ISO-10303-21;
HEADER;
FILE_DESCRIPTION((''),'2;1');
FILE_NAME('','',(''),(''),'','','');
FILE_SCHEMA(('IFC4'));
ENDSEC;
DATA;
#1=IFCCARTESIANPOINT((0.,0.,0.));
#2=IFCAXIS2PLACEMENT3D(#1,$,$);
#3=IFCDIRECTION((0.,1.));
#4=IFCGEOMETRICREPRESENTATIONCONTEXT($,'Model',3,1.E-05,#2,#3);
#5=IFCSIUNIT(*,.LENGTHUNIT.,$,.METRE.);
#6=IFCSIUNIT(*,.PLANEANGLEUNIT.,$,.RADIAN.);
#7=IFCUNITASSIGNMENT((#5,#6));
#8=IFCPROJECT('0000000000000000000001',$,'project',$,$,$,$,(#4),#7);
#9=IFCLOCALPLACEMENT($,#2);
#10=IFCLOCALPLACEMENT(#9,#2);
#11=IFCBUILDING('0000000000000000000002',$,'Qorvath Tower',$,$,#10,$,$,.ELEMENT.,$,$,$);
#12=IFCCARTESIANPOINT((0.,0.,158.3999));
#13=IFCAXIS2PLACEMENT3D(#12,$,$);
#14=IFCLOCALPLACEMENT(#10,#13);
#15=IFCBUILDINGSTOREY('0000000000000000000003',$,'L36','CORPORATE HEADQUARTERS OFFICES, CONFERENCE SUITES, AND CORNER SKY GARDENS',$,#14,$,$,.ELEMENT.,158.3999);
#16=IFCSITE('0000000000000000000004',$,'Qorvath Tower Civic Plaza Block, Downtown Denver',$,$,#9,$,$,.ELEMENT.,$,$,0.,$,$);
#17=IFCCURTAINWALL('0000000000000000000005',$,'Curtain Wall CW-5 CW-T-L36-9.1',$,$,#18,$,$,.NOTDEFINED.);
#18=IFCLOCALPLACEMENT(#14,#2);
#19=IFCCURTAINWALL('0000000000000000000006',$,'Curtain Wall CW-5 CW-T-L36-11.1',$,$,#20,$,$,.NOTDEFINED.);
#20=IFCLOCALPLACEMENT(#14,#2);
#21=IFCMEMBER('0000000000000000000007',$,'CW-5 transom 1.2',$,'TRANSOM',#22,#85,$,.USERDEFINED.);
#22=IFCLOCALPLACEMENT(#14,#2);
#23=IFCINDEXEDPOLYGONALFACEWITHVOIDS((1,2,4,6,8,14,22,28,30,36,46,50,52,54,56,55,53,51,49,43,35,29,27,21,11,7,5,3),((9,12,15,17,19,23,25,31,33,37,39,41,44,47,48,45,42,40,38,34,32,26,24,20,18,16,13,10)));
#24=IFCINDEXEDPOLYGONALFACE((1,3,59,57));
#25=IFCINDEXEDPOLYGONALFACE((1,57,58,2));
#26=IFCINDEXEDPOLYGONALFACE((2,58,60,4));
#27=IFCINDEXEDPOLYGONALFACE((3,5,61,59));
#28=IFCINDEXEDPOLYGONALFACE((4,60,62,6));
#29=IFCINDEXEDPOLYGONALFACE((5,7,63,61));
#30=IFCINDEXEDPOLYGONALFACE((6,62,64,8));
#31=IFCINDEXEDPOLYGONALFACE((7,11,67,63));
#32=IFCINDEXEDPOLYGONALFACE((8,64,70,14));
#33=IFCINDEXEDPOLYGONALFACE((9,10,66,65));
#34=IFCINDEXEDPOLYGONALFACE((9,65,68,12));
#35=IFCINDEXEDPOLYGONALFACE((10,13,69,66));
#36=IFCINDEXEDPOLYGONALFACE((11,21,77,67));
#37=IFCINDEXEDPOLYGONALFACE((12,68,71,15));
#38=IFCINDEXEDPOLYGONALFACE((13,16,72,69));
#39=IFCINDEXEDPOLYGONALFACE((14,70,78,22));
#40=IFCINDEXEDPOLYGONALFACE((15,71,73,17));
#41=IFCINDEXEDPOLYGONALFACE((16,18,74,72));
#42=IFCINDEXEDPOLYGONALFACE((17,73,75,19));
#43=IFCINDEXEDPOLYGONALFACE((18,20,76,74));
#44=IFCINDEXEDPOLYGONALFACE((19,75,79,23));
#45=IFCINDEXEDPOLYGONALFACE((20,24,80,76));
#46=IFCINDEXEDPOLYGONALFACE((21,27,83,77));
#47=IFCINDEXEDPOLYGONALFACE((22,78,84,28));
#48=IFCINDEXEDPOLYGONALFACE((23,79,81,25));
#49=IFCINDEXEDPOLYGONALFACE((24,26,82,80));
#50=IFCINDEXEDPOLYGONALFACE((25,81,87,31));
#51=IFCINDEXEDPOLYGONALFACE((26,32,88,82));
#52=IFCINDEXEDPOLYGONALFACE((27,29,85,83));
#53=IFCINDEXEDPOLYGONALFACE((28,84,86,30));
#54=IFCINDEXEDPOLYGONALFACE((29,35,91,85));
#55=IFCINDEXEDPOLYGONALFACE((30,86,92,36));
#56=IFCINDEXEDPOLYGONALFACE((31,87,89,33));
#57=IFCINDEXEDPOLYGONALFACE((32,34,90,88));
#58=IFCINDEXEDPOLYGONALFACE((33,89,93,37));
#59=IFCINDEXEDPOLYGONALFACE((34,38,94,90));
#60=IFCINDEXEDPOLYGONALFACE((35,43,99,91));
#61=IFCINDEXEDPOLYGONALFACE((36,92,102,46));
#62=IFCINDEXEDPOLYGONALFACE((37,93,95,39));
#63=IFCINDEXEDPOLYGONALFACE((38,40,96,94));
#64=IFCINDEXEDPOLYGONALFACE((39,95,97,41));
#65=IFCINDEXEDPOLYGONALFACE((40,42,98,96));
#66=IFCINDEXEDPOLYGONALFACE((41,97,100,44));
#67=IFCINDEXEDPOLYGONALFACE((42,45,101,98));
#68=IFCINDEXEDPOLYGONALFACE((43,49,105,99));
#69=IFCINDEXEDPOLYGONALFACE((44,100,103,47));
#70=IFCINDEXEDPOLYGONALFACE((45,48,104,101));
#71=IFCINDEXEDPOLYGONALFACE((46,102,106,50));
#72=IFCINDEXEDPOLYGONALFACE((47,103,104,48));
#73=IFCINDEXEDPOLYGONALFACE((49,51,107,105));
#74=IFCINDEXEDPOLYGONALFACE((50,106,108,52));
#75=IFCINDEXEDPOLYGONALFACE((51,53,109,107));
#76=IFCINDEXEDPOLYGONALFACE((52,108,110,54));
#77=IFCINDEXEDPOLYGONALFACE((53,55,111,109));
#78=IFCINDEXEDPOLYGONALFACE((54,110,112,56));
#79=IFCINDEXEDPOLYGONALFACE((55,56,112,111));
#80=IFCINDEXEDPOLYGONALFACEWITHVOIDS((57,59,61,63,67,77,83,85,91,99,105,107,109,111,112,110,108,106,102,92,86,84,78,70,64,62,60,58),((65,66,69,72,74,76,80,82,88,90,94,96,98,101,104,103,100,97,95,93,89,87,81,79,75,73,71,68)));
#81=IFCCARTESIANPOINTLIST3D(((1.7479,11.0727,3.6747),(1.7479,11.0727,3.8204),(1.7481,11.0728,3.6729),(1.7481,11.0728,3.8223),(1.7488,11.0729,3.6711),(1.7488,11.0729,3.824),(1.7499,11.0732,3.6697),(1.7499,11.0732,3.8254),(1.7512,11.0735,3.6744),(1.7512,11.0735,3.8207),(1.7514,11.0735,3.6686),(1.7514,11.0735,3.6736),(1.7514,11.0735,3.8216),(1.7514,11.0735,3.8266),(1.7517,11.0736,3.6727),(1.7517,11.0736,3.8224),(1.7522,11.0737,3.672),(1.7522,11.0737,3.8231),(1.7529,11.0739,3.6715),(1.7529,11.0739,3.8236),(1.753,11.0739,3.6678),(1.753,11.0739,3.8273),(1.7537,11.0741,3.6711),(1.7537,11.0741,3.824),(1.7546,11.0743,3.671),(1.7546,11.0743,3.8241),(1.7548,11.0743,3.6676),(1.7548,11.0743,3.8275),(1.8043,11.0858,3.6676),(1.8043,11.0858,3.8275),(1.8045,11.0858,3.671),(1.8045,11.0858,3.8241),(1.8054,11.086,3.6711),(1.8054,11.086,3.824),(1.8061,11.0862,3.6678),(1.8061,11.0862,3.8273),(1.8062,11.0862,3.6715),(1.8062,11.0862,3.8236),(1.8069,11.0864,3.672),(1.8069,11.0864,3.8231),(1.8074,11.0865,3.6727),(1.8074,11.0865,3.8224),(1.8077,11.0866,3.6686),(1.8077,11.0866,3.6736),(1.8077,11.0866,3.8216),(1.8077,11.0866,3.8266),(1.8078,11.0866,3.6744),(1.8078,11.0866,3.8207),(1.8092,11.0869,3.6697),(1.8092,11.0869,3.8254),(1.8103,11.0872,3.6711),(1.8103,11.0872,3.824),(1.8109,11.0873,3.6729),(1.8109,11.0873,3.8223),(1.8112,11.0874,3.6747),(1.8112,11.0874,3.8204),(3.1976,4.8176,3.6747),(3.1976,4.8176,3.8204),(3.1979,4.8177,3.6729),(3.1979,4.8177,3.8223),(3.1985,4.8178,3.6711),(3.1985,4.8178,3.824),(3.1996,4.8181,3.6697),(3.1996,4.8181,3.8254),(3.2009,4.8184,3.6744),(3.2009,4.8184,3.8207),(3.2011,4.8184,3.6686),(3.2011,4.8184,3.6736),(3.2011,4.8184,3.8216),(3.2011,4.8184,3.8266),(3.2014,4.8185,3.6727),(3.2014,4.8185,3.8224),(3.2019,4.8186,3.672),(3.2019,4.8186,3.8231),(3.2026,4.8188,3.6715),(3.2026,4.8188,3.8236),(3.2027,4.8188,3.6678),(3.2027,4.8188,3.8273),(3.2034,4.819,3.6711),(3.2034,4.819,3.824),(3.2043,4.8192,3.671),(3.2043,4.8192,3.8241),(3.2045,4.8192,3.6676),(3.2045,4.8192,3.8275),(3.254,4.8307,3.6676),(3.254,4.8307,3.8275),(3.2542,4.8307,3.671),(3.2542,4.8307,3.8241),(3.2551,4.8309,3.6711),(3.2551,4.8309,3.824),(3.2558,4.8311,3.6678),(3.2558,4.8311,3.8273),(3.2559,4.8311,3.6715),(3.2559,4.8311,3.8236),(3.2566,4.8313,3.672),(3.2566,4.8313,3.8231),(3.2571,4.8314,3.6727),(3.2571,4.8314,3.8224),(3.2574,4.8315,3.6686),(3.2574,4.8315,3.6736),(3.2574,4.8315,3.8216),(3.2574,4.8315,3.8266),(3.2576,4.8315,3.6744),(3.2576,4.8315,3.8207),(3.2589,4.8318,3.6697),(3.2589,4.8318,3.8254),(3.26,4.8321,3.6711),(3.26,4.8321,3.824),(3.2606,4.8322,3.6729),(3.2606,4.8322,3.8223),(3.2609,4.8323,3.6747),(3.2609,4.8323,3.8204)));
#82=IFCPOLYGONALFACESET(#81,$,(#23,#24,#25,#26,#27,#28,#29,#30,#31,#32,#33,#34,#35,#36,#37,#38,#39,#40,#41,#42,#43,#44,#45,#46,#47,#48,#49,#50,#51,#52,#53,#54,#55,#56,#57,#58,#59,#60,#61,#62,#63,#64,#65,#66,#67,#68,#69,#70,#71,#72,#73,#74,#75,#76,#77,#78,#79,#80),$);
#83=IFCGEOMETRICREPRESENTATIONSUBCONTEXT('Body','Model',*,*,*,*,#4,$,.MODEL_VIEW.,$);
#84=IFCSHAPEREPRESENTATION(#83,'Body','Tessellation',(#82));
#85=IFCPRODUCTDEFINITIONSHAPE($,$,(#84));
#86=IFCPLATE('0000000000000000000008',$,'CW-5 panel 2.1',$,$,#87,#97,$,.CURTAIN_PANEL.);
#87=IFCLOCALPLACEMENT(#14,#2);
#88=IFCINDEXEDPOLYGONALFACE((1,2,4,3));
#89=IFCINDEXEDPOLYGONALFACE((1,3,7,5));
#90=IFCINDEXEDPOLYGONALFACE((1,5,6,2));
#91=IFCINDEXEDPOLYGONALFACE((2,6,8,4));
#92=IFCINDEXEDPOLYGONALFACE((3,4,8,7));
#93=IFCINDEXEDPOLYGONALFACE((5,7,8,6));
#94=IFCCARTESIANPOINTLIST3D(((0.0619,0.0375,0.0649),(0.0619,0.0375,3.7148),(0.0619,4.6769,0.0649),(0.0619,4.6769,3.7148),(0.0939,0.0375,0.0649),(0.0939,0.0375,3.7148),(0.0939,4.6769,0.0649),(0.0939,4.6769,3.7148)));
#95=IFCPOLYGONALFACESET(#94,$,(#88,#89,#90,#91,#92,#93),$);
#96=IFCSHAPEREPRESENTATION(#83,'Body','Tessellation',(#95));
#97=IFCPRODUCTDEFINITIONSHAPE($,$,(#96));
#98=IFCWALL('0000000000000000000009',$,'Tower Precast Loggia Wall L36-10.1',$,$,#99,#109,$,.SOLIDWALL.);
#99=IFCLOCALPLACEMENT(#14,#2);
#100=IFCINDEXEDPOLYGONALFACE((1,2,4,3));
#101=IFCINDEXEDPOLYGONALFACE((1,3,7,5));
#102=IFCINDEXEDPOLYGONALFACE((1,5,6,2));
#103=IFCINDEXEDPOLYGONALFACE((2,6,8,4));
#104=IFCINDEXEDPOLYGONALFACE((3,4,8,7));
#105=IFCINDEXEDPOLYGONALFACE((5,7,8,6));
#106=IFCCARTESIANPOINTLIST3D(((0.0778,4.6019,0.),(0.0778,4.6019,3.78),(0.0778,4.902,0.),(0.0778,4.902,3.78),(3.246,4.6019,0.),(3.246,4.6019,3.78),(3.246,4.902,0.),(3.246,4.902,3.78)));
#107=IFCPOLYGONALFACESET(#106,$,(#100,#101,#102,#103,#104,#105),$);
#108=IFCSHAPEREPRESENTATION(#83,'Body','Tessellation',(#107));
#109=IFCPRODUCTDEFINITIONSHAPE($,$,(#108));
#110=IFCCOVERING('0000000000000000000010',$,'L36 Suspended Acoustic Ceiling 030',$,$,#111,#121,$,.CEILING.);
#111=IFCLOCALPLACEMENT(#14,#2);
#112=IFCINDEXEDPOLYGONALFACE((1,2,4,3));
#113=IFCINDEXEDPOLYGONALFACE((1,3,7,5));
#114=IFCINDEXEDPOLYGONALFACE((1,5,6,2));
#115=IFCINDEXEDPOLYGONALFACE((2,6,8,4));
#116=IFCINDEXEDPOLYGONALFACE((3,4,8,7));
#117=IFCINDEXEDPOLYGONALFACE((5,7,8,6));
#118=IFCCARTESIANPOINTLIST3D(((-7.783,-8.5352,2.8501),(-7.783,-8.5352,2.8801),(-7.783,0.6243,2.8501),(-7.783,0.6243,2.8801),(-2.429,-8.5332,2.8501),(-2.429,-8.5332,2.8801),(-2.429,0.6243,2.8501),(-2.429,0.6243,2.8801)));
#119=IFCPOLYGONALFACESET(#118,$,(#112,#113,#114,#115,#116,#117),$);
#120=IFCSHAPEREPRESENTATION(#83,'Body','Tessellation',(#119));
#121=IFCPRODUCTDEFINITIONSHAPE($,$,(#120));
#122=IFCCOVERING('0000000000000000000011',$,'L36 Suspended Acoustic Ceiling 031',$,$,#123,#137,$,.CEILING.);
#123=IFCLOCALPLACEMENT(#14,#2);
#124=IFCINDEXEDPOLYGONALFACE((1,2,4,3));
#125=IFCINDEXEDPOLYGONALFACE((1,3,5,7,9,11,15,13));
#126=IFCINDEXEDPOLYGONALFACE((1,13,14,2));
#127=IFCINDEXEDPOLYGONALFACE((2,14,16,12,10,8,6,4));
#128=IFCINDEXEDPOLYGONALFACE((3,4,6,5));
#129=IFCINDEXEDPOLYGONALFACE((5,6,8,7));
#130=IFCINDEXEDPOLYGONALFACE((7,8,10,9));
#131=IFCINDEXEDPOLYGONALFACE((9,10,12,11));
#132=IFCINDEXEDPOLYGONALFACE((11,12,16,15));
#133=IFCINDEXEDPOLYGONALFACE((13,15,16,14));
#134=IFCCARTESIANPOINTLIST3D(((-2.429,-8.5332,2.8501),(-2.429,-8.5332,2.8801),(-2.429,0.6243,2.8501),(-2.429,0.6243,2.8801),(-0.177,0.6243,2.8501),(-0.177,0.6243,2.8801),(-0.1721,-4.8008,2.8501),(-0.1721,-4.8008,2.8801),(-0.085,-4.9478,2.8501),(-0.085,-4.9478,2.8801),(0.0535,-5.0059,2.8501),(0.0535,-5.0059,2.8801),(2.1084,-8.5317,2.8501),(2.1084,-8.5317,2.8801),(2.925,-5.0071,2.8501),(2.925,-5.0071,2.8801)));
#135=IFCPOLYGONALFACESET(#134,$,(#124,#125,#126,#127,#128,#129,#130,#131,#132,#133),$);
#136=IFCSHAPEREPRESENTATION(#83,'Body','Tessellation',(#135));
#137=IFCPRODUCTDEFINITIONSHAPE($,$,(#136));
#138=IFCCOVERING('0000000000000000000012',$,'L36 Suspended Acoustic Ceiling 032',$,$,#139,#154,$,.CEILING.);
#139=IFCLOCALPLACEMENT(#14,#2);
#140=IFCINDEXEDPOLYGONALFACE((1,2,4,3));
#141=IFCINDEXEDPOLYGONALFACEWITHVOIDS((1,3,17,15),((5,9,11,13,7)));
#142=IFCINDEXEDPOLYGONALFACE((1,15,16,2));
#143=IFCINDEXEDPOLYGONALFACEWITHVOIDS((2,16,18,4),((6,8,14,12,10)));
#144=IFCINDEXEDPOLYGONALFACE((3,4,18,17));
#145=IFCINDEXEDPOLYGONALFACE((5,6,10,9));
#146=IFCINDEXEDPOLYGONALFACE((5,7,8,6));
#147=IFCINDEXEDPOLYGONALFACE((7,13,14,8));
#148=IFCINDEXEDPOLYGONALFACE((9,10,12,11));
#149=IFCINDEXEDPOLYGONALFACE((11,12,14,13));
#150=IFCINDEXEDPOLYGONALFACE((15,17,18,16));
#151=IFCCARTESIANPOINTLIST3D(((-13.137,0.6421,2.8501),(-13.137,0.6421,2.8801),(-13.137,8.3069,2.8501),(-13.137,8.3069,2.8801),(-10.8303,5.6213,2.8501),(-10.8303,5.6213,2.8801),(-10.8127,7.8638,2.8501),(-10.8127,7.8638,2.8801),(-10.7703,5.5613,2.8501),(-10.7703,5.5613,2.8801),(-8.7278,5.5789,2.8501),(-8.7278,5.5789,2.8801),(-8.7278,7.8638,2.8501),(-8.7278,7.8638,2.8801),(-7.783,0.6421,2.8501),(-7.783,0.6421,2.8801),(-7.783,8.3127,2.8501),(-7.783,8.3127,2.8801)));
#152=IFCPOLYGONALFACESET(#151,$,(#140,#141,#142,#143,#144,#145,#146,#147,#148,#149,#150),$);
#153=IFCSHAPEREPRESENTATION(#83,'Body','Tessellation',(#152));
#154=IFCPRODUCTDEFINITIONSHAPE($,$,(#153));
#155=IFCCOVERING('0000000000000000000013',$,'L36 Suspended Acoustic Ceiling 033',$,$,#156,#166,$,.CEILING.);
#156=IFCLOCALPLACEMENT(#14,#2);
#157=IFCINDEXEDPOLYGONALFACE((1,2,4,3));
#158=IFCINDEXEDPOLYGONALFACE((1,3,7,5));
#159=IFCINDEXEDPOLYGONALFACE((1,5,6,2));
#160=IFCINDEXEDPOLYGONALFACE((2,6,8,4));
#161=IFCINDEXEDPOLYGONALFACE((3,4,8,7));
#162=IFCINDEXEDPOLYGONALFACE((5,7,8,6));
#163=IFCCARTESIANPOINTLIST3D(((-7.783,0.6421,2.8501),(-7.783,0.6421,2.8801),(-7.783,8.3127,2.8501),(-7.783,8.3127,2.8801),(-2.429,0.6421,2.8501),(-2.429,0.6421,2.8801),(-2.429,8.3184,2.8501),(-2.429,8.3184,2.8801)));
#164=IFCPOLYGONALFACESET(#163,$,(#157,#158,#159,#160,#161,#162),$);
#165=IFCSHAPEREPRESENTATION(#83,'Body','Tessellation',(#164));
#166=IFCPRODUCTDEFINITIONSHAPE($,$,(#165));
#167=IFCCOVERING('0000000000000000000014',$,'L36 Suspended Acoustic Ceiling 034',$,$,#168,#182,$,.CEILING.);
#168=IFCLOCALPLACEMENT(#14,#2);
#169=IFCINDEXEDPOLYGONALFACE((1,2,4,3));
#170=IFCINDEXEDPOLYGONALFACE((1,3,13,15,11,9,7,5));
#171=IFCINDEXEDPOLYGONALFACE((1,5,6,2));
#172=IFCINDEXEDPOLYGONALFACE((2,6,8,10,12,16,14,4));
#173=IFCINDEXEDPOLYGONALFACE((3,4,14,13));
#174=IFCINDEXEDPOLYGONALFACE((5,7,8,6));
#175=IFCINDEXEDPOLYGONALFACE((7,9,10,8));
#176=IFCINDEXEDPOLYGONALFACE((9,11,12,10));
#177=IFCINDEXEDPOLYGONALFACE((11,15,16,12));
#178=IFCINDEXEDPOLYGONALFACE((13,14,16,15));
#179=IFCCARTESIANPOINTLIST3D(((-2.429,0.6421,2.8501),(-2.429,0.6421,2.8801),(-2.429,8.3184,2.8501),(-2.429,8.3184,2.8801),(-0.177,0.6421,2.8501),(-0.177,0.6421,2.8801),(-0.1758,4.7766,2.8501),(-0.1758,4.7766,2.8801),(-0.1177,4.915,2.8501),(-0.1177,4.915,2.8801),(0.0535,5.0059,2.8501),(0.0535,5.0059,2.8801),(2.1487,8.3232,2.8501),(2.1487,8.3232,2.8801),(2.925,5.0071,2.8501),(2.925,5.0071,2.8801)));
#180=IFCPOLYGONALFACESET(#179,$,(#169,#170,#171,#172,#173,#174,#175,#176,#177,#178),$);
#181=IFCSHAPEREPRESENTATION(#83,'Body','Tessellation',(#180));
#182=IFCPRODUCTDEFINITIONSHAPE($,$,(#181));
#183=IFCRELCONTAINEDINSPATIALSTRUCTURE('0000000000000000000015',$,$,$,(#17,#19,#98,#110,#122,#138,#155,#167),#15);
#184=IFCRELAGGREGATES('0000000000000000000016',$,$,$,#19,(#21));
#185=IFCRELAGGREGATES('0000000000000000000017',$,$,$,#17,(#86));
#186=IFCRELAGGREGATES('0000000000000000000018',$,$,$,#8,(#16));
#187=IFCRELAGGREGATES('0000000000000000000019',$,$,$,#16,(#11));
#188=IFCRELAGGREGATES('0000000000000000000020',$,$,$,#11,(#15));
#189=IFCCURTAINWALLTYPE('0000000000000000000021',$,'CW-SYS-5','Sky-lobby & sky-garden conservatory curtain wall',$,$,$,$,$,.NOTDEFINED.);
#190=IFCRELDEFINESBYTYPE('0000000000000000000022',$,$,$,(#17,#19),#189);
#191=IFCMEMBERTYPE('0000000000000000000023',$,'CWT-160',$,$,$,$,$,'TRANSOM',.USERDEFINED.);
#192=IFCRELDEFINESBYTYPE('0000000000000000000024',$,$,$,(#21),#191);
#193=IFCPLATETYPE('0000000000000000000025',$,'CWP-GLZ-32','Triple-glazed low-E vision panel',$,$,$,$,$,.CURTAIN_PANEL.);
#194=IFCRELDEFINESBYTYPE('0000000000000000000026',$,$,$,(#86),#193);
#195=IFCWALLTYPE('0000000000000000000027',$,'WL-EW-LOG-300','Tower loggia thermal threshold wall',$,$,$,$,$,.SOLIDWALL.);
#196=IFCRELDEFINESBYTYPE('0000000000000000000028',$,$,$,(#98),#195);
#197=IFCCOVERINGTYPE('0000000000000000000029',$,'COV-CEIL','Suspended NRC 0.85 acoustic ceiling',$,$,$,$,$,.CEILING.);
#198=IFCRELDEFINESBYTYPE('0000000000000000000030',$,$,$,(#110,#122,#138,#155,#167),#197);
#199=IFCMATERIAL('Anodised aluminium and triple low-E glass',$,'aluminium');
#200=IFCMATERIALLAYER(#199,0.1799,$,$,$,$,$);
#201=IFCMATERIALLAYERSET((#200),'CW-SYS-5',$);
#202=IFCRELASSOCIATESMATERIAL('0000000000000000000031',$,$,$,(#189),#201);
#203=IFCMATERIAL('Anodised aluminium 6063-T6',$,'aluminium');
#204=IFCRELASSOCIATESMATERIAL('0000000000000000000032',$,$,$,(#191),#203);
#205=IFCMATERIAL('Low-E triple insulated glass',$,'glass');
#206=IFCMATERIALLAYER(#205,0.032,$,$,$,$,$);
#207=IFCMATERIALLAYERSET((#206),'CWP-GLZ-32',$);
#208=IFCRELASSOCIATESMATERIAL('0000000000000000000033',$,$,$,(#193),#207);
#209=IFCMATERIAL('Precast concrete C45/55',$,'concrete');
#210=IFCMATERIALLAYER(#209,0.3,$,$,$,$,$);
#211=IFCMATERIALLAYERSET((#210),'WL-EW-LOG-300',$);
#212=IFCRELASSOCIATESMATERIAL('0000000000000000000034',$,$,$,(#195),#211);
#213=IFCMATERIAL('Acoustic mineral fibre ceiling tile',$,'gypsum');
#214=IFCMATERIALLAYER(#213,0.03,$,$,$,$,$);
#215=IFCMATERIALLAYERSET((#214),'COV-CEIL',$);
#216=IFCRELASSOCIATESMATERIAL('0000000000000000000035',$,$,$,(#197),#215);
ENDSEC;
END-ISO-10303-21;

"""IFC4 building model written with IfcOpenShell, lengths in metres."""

from ifc_helpers import new_model, si_unit, direction, frame, frame_2d, origin, origin_2d, place, context, subcontext, project, spatial, polyline, rectangle, hollow_rectangle, outline, extrude, material, layer, layer_set, material_profile, profile_set, type_object, element, aggregate, save


model = new_model("IFC4")

# Units and contexts
model_context = context("Model", 3, precision=1e-05, world=origin(), true_north=direction((0.0, 1.0)))
body_context = subcontext(model_context, "Body", "Model", "MODEL_VIEW")
ifc_project = project(units=[si_unit("LENGTHUNIT", "METRE"), si_unit("PLANEANGLEUNIT", "RADIAN")], contexts=[model_context])

# Site, building, storey
site_placement = place(None, origin())
site = spatial("IfcSite", under=ifc_project, at=site_placement, Name="Qorvath Tower Civic Plaza Block, Downtown Denver", CompositionType="ELEMENT", RefElevation=0.0)
building_placement = place(site_placement, origin())
building = spatial("IfcBuilding", under=site, at=building_placement, Name="Qorvath Tower", CompositionType="ELEMENT")
storey_placement = place(building_placement, frame((0.0, 0.0, 158.3999)))
storey = spatial("IfcBuildingStorey", under=building, at=storey_placement, Name="L36", Description="CORPORATE HEADQUARTERS OFFICES, CONFERENCE SUITES, AND CORNER SKY GARDENS", CompositionType="ELEMENT", Elevation=158.3999)

# Curtain wall
ifc_material_1 = material(Name="Anodised aluminium and triple low-E glass", Category="aluminium")
ifc_layer_1 = layer(ifc_material_1, 0.1799)
ifc_layer_set_1 = layer_set([ifc_layer_1], Name="CW-SYS-5")
curtain_wall_type = type_object("IfcCurtainWallType", Name="CW-SYS-5", Description="Sky-lobby & sky-garden conservatory curtain wall", PredefinedType="NOTDEFINED", material=ifc_layer_set_1)
curtain_wall_1_placement = place(storey_placement, origin())
curtain_wall_1 = element("IfcCurtainWall", 1, at=curtain_wall_1_placement, inside=storey, type_object=curtain_wall_type, Name="Curtain Wall CW-5 CW-T-L36-9.1", PredefinedType="NOTDEFINED")

# Curtain wall
curtain_wall_2_placement = place(storey_placement, origin())
curtain_wall_2 = element("IfcCurtainWall", 2, at=curtain_wall_2_placement, inside=storey, type_object=curtain_wall_type, Name="Curtain Wall CW-5 CW-T-L36-11.1", PredefinedType="NOTDEFINED")

# Member
ifc_material_2 = material(Name="Anodised aluminium 6063-T6", Category="aluminium")
ifc_material_profile_1 = material_profile(ifc_material_2, hollow_rectangle(XDim=0.0649, YDim=0.1599, WallThickness=0.0034, InnerFilletRadius=0.0034, OuterFilletRadius=0.0071, at=origin_2d()), Name="CWT 160x65")
ifc_profile_set_1 = profile_set([ifc_material_profile_1], Name="Anodised aluminium 6063-T6")
member_type_1 = type_object("IfcMemberType", Name="CWT-160", ElementType="TRANSOM", PredefinedType="USERDEFINED", material=ifc_profile_set_1)
member_1_placement = place(storey_placement, frame((3.2292, 4.825, 3.7476), z_axis=(-0.225779, 0.974179, 0.0), x_axis=(-0.974179, -0.225779, 0.0)))
member_1 = element("IfcMember", 3, at=member_1_placement, type_object=member_type_1, Name="CW-5 transom 1.2", ObjectType="TRANSOM", PredefinedType="USERDEFINED", context=body_context, shape_type="SweptSolid", body=[
    extrude(hollow_rectangle(XDim=0.0649, YDim=0.1599, WallThickness=0.0034, InnerFilletRadius=0.0034, OuterFilletRadius=0.0071, at=origin_2d()), origin(), (0.0, 0.0, 1.0), 6.4209),
])
aggregate(curtain_wall_2, [member_1])

# Plate
ifc_material_3 = material(Name="Low-E triple insulated glass", Category="glass")
ifc_layer_2 = layer(ifc_material_3, 0.032)
ifc_layer_set_2 = layer_set([ifc_layer_2], Name="CWP-GLZ-32")
plate_type = type_object("IfcPlateType", Name="CWP-GLZ-32", Description="Triple-glazed low-E vision panel", PredefinedType="CURTAIN_PANEL", material=ifc_layer_set_2)
plate_placement = place(storey_placement, frame((0.0779, 2.3572, 0.0649), z_axis=(0.0, 0.0, 1.0), x_axis=(0.0, 1.0, 0.0)))
plate = element("IfcPlate", 4, at=plate_placement, type_object=plate_type, Name="CW-5 panel 2.1", PredefinedType="CURTAIN_PANEL", context=body_context, shape_type="SweptSolid", body=[
    extrude(rectangle(XDim=4.6394, YDim=0.032, at=origin_2d()), origin(), (0.0, 0.0, 1.0), 3.6499),
])
aggregate(curtain_wall_1, [plate])

# Wall
ifc_material_4 = material(Name="Precast concrete C45/55", Category="concrete")
ifc_layer_3 = layer(ifc_material_4, 0.3)
ifc_layer_set_3 = layer_set([ifc_layer_3], Name="WL-EW-LOG-300")
wall_type = type_object("IfcWallType", Name="WL-EW-LOG-300", Description="Tower loggia thermal threshold wall", PredefinedType="SOLIDWALL", material=ifc_layer_set_3)
wall_placement = place(storey_placement, frame((0.0779, 4.752, 0.0), z_axis=(0.0, 0.0, 1.0), x_axis=(1.0, 0.0, 0.0)))
element("IfcWall", 5, at=wall_placement, inside=storey, type_object=wall_type, Name="Tower Precast Loggia Wall L36-10.1", PredefinedType="SOLIDWALL", context=body_context, shape_type="SweptSolid", body=[
    extrude(rectangle(XDim=3.1682, YDim=0.3, at=frame_2d((1.584, 0.0))), origin(), (0.0, 0.0, 1.0), 3.78),
])

# Coverings
ifc_material_5 = material(Name="Acoustic mineral fibre ceiling tile", Category="gypsum")
ifc_layer_4 = layer(ifc_material_5, 0.03)
ifc_layer_set_4 = layer_set([ifc_layer_4], Name="COV-CEIL")
covering_type_1 = type_object("IfcCoveringType", Name="COV-CEIL", Description="Suspended NRC 0.85 acoustic ceiling", PredefinedType="CEILING", material=ifc_layer_set_4)
covering_1_placement = place(storey_placement, frame((0.0, 0.0, 2.8501)))
element("IfcCovering", 6, at=covering_1_placement, inside=storey, type_object=covering_type_1, Name="L36 Suspended Acoustic Ceiling 030", PredefinedType="CEILING", context=body_context, shape_type="SweptSolid", body=[
    extrude(outline(polyline([(-2.429, -8.5332), (-2.429, 0.6243), (-7.783, 0.6243), (-7.783, -8.5352), (-2.429, -8.5332)])), origin(), (0.0, 0.0, 1.0), 0.03),
])
covering_2_placement = place(storey_placement, frame((0.0, 0.0, 2.8501)))
element("IfcCovering", 7, at=covering_2_placement, inside=storey, type_object=covering_type_1, Name="L36 Suspended Acoustic Ceiling 031", PredefinedType="CEILING", context=body_context, shape_type="SweptSolid", body=[
    extrude(outline(polyline([(-0.085, -4.9478), (-0.1721, -4.8008), (-0.177, 0.6243), (-2.429, 0.6243), (-2.429, -8.5332), (2.1084, -8.5317), (2.925, -5.0071), (0.0535, -5.0059), (-0.085, -4.9478)])), origin(), (0.0, 0.0, 1.0), 0.03),
])
covering_3_placement = place(storey_placement, frame((0.0, 0.0, 2.8501)))
element("IfcCovering", 8, at=covering_3_placement, inside=storey, type_object=covering_type_1, Name="L36 Suspended Acoustic Ceiling 032", PredefinedType="CEILING", context=body_context, shape_type="SweptSolid", body=[
    extrude(outline(polyline([(-7.783, 0.6421), (-7.783, 8.3127), (-13.137, 8.3069), (-13.137, 0.6421), (-7.783, 0.6421)]), holes=[polyline([(-10.8303, 5.6213), (-10.8127, 7.8638), (-8.7278, 7.8638), (-8.7278, 5.5789), (-10.7703, 5.5613), (-10.8303, 5.6213)])]), origin(), (0.0, 0.0, 1.0), 0.03),
])
covering_4_placement = place(storey_placement, frame((0.0, 0.0, 2.8501)))
element("IfcCovering", 9, at=covering_4_placement, inside=storey, type_object=covering_type_1, Name="L36 Suspended Acoustic Ceiling 033", PredefinedType="CEILING", context=body_context, shape_type="SweptSolid", body=[
    extrude(outline(polyline([(-2.429, 0.6421), (-2.429, 8.3184), (-7.783, 8.3127), (-7.783, 0.6421), (-2.429, 0.6421)])), origin(), (0.0, 0.0, 1.0), 0.03),
])
covering_5_placement = place(storey_placement, frame((0.0, 0.0, 2.8501)))
element("IfcCovering", 10, at=covering_5_placement, inside=storey, type_object=covering_type_1, Name="L36 Suspended Acoustic Ceiling 034", PredefinedType="CEILING", context=body_context, shape_type="SweptSolid", body=[
    extrude(outline(polyline([(-0.1177, 4.915), (0.0535, 5.0059), (2.925, 5.0071), (2.1487, 8.3232), (-2.429, 8.3184), (-2.429, 0.6421), (-0.177, 0.6421), (-0.1758, 4.7766), (-0.1177, 4.915)])), origin(), (0.0, 0.0, 1.0), 0.03),
])

save(model, "model.ifc")
